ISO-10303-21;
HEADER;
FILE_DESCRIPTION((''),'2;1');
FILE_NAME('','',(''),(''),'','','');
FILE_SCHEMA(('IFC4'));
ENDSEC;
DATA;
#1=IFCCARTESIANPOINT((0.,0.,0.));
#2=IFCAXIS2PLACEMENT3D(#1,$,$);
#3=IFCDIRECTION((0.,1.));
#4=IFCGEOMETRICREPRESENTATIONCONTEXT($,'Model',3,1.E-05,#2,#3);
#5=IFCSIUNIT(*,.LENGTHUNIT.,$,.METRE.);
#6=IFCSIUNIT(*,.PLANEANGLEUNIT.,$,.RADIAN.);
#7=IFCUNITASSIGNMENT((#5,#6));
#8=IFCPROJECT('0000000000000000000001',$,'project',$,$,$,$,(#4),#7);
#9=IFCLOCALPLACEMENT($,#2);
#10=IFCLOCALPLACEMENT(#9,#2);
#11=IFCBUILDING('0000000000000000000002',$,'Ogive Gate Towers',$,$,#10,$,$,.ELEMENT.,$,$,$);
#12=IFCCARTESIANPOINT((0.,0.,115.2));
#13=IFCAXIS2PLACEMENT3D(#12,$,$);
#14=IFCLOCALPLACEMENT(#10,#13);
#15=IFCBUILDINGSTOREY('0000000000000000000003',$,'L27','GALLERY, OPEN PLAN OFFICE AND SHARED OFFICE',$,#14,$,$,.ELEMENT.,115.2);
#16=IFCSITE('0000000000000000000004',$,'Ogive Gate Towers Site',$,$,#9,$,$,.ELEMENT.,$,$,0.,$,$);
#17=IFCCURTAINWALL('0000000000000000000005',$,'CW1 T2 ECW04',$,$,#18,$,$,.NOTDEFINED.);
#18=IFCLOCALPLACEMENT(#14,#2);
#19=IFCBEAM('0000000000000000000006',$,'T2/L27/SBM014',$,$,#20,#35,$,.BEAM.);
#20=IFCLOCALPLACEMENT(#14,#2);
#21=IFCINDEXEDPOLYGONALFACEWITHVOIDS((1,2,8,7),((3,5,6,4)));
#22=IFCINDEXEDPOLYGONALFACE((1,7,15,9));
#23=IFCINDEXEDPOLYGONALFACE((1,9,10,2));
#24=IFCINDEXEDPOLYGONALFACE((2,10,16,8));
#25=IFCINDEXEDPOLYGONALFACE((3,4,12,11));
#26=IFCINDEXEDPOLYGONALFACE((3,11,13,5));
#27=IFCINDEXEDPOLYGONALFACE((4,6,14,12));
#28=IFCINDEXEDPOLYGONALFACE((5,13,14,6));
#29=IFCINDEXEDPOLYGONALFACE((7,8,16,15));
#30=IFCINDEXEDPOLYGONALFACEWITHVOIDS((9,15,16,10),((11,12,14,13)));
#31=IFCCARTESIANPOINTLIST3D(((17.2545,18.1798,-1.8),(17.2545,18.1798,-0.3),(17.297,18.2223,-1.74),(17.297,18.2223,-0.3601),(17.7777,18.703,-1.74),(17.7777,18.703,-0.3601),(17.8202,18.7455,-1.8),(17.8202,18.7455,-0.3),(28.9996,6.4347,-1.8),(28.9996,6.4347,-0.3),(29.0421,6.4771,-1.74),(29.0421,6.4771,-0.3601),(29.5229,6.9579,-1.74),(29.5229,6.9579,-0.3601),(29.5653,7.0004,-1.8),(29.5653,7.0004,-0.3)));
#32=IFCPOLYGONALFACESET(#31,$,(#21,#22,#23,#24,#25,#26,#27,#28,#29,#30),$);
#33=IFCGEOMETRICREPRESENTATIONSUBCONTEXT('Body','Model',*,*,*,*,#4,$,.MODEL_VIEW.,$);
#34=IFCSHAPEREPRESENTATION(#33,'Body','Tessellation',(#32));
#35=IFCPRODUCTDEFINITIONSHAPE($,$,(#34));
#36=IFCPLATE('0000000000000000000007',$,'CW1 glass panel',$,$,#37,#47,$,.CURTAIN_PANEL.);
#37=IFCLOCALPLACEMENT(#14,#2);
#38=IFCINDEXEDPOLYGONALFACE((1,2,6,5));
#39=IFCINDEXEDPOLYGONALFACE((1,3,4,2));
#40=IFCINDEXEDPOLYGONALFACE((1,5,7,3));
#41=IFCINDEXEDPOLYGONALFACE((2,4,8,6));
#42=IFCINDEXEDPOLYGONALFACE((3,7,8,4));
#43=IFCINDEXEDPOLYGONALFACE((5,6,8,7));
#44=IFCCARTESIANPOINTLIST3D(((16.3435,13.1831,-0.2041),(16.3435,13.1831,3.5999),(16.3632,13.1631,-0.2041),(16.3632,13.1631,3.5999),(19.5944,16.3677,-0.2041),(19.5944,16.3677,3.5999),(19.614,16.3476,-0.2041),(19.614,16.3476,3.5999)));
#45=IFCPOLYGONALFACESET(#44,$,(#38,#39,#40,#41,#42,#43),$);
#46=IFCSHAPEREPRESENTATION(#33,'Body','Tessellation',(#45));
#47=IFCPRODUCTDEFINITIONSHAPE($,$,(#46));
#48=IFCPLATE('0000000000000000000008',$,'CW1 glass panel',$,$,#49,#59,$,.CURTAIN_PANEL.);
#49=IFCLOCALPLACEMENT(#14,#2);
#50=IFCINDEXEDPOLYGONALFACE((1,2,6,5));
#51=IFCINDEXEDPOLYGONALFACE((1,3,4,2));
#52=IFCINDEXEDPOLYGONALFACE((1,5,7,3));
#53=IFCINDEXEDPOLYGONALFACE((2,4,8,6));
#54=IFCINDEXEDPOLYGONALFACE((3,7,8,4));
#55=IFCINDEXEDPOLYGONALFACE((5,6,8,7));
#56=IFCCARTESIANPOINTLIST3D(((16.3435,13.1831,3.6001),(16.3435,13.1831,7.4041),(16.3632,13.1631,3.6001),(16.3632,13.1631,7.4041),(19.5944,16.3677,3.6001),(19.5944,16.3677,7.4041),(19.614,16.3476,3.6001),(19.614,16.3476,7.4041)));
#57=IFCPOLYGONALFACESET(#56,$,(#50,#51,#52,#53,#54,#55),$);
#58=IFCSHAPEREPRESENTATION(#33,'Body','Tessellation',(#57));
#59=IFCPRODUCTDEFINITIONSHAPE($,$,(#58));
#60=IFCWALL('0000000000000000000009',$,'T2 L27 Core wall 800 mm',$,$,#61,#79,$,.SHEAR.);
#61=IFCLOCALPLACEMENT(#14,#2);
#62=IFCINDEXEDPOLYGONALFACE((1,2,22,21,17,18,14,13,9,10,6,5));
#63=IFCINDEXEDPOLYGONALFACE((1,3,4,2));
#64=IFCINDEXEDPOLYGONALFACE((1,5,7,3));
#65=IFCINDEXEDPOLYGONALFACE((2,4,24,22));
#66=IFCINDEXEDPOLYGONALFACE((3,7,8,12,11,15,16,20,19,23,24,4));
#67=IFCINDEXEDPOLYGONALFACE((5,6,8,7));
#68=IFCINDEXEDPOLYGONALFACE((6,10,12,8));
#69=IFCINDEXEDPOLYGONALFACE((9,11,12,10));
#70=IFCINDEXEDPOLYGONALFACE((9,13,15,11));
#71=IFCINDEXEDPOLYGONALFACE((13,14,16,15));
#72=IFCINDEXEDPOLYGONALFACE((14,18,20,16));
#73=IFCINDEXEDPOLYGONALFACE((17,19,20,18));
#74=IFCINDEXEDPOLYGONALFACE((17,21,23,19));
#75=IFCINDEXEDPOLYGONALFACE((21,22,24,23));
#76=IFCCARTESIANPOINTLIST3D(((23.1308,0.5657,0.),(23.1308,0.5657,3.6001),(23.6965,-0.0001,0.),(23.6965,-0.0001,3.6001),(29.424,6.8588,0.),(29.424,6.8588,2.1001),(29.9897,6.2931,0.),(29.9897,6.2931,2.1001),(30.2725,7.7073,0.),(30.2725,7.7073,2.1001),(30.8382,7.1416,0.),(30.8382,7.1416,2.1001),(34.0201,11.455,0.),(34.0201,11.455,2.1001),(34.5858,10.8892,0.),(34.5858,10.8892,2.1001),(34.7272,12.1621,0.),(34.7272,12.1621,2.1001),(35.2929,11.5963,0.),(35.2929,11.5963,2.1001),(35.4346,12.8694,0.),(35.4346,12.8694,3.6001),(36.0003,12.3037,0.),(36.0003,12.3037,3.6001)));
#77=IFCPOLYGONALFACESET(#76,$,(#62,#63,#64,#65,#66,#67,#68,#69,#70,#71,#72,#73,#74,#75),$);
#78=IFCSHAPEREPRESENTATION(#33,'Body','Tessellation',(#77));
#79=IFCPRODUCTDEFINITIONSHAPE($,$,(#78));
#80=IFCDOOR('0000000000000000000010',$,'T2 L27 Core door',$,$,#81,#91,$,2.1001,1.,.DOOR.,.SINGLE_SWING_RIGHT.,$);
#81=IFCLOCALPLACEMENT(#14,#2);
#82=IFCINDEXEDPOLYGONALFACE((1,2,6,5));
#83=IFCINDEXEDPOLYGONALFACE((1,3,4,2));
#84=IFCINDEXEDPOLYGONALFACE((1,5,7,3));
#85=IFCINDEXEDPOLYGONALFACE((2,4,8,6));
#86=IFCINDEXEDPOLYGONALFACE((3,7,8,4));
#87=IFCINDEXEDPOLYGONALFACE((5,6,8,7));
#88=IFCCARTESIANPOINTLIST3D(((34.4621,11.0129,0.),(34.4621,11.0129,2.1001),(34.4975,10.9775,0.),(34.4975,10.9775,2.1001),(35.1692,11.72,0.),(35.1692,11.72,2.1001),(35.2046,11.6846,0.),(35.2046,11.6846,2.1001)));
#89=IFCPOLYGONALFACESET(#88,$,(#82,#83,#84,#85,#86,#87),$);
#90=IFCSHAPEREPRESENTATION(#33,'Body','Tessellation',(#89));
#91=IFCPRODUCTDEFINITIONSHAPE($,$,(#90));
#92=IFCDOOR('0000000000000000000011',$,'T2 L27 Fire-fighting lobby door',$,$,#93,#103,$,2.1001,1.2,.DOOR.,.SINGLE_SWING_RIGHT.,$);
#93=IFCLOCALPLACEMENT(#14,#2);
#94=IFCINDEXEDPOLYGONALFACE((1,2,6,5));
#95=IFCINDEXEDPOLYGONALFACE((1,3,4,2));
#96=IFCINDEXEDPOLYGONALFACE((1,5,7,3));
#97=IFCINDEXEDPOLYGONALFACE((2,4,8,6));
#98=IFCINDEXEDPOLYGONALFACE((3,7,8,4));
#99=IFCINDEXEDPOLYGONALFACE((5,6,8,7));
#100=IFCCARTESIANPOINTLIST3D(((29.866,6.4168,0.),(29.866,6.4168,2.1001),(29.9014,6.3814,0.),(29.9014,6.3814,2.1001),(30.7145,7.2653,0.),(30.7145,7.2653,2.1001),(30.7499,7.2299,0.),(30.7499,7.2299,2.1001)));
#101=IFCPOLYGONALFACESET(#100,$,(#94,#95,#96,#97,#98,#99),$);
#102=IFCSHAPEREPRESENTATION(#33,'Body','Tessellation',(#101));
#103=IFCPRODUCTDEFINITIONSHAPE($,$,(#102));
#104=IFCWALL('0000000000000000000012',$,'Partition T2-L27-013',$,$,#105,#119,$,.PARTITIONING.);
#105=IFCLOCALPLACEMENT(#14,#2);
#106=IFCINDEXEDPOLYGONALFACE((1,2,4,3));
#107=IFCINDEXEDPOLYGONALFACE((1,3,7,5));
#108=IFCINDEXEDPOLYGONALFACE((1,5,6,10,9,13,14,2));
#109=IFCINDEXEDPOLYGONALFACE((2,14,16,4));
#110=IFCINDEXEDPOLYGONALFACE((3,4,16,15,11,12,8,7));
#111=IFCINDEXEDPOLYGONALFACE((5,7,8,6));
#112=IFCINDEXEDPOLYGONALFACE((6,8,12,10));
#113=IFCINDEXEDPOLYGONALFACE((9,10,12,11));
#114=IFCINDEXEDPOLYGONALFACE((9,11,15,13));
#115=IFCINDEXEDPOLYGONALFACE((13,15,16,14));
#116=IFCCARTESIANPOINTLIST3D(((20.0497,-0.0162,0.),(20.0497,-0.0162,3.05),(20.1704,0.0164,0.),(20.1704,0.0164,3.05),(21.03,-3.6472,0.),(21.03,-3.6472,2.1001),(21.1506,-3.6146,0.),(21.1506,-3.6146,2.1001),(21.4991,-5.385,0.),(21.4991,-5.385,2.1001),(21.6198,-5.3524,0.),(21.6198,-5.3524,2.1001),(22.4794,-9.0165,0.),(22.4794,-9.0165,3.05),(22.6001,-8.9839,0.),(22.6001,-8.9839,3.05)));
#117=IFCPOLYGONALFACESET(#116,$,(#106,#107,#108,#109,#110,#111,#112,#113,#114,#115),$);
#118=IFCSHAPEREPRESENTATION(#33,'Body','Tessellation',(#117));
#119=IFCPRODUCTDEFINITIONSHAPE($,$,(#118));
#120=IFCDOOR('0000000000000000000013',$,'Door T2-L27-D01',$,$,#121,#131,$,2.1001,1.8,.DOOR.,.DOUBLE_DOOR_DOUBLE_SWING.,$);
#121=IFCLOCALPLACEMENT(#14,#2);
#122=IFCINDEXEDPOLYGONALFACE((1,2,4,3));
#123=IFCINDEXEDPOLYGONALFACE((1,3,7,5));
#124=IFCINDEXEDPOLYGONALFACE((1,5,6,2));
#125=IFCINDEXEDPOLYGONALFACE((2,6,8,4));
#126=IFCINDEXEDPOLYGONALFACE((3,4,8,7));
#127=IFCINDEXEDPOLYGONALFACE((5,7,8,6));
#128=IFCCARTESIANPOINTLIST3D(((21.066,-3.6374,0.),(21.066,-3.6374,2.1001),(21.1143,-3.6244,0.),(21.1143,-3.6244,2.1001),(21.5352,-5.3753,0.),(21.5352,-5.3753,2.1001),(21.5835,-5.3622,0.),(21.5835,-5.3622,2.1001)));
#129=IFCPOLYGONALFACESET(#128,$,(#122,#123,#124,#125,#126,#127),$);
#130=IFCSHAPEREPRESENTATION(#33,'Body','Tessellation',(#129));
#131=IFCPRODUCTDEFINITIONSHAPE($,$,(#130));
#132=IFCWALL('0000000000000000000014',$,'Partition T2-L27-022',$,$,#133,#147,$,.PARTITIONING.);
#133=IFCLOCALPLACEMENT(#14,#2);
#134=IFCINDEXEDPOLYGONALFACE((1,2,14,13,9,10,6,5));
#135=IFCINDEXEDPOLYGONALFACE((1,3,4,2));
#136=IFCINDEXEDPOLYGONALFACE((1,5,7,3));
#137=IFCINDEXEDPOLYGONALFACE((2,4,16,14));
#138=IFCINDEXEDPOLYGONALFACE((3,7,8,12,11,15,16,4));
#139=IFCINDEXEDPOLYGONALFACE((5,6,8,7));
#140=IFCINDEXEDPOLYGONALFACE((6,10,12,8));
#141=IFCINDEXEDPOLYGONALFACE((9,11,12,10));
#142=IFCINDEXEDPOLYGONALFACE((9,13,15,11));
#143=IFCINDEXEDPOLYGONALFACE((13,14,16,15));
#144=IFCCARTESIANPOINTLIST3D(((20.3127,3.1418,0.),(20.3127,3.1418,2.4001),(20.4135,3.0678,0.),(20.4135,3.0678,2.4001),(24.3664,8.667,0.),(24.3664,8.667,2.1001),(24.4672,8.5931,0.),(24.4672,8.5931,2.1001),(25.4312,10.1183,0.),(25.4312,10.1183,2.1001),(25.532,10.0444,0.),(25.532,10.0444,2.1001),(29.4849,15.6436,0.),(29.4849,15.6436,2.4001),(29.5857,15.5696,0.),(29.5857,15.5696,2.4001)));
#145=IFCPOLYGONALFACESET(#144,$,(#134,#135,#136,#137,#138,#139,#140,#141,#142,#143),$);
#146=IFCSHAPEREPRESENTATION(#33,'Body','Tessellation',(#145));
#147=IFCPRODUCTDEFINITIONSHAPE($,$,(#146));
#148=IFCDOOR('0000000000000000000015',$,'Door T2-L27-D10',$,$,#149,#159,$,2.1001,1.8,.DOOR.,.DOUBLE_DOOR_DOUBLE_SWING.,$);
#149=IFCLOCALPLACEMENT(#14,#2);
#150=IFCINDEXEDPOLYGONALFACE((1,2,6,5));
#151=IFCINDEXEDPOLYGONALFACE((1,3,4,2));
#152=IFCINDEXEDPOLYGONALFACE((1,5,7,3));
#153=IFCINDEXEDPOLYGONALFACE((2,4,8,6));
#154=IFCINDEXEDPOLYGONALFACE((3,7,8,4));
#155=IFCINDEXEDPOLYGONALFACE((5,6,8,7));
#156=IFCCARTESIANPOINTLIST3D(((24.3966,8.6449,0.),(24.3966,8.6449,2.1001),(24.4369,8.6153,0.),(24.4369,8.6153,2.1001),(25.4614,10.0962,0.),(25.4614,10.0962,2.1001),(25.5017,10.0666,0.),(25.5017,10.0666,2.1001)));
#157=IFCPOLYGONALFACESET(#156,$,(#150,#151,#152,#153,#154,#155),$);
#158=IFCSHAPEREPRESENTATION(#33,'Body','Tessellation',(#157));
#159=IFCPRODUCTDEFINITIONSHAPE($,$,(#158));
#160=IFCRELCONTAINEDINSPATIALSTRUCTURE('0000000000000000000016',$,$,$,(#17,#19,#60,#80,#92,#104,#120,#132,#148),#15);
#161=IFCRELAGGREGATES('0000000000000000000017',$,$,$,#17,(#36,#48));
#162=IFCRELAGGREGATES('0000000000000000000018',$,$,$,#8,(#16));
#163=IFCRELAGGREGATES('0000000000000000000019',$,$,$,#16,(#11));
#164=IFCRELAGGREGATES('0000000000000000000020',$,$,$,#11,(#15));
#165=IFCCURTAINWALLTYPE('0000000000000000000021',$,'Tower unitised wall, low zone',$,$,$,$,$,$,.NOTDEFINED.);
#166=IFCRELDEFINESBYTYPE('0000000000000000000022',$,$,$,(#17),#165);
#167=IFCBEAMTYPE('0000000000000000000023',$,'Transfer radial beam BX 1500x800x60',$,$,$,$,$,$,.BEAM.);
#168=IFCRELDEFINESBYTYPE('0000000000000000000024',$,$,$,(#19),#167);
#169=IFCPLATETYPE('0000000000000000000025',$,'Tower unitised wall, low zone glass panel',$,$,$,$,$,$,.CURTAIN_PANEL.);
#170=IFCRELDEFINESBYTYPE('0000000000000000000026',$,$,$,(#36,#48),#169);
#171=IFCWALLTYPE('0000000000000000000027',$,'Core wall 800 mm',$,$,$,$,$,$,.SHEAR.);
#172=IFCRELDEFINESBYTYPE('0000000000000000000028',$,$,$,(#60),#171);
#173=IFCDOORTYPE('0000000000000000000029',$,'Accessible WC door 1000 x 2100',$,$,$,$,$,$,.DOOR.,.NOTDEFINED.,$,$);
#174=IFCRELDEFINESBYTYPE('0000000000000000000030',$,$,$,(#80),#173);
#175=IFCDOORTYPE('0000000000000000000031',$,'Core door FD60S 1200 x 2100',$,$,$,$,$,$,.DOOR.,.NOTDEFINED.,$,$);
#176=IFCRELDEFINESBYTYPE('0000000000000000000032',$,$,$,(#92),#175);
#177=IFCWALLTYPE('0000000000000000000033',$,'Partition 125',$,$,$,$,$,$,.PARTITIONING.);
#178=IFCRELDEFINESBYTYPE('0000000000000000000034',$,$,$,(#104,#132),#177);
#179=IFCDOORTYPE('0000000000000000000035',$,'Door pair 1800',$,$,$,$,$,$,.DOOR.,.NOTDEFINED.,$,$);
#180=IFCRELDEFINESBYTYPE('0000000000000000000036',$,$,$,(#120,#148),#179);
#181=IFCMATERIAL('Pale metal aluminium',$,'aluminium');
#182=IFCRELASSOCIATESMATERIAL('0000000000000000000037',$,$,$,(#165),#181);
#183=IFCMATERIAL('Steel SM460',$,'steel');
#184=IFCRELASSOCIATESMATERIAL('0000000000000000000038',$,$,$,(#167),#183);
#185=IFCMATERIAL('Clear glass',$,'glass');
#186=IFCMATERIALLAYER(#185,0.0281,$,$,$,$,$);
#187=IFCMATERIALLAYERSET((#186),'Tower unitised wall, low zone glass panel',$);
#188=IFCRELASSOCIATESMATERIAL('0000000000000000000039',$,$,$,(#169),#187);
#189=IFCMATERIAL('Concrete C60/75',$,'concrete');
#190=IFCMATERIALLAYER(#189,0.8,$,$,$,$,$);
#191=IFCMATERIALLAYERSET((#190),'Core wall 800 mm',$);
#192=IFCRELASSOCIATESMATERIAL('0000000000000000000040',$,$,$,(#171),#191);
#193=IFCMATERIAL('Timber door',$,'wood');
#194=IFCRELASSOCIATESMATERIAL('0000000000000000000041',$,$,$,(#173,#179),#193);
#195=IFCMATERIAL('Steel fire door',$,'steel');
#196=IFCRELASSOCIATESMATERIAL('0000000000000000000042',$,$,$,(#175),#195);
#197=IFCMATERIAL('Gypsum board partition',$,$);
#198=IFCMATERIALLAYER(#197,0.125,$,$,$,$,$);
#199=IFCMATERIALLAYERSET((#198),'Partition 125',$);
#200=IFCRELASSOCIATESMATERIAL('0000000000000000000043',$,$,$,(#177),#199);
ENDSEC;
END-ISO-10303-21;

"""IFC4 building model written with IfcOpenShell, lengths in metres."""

from ifc_helpers import new_model, si_unit, direction, frame, frame_2d, origin, origin_2d, place, context, subcontext, project, spatial, rectangle, hollow_rectangle, extrude, material, layer, layer_set, material_profile, profile_set, type_object, element, fill, aggregate, save


model = new_model("IFC4")

# Units and contexts
model_context = context("Model", 3, precision=1e-05, world=origin(), true_north=direction((0.0, 1.0)))
body_context = subcontext(model_context, "Body", "Model", "MODEL_VIEW")
ifc_project = project(units=[si_unit("LENGTHUNIT", "METRE"), si_unit("PLANEANGLEUNIT", "RADIAN")], contexts=[model_context])

# Site, building, storey
site_placement = place(None, origin())
site = spatial("IfcSite", under=ifc_project, at=site_placement, Name="Ogive Gate Towers Site", CompositionType="ELEMENT", RefElevation=0.0)
building_placement = place(site_placement, origin())
building = spatial("IfcBuilding", under=site, at=building_placement, Name="Ogive Gate Towers", CompositionType="ELEMENT")
storey_placement = place(building_placement, frame((0.0, 0.0, 115.2)))
storey = spatial("IfcBuildingStorey", under=building, at=storey_placement, Name="L27", Description="GALLERY, OPEN PLAN OFFICE AND SHARED OFFICE", CompositionType="ELEMENT", Elevation=115.2)

# Shared definitions
ifc_material_1 = material(Name="Steel SM460", Category="steel")

# Curtain wall
ifc_material_2 = material(Name="Pale metal aluminium", Category="aluminium")
curtain_wall_type = type_object("IfcCurtainWallType", Name="Tower unitised wall, low zone", PredefinedType="NOTDEFINED", material=ifc_material_2)
curtain_wall_placement = place(storey_placement, origin())
curtain_wall = element("IfcCurtainWall", 1, at=curtain_wall_placement, inside=storey, type_object=curtain_wall_type, Name="CW1 T2 ECW04", PredefinedType="NOTDEFINED")

# Beam
ifc_material_profile_1 = material_profile(ifc_material_1, hollow_rectangle(XDim=0.8, YDim=1.5, WallThickness=0.0601, at=origin_2d()), Name="BX 1500x800x60")
ifc_profile_set_1 = profile_set([ifc_material_profile_1], Name="Steel SM460")
beam_type_1 = type_object("IfcBeamType", Name="Transfer radial beam BX 1500x800x60", PredefinedType="BEAM", material=ifc_profile_set_1)
beam_1_placement = place(storey_placement, frame((29.2825, 6.7175, -1.05), z_axis=(-0.707107, 0.707107, 0.0), x_axis=(-0.707107, -0.707107, 0.0)))
element("IfcBeam", 2, at=beam_1_placement, inside=storey, type_object=beam_type_1, Name="T2/L27/SBM014", PredefinedType="BEAM", context=body_context, shape_type="SweptSolid", body=[
    extrude(hollow_rectangle(XDim=0.8, YDim=1.5, WallThickness=0.0601, at=origin_2d()), origin(), (0.0, 0.0, 1.0), 16.6101),
])

# Plates
ifc_material_3 = material(Name="Clear glass", Category="glass")
ifc_layer_1 = layer(ifc_material_3, 0.0281)
ifc_layer_set_1 = layer_set([ifc_layer_1], Name="Tower unitised wall, low zone glass panel")
plate_type = type_object("IfcPlateType", Name="Tower unitised wall, low zone glass panel", PredefinedType="CURTAIN_PANEL", material=ifc_layer_set_1)
plate_1_placement = place(storey_placement, frame((17.9788, 14.7654, -0.2041), z_axis=(0.0, 0.0, 1.0), x_axis=(-0.714351, -0.699788, 0.0)))
plate_1 = element("IfcPlate", 3, at=plate_1_placement, type_object=plate_type, Name="CW1 glass panel", PredefinedType="CURTAIN_PANEL", context=body_context, shape_type="SweptSolid", body=[
    extrude(rectangle(XDim=4.5508, YDim=0.0281, at=origin_2d()), origin(), (0.0, 0.0, 1.0), 3.804),
])
plate_2_placement = place(storey_placement, frame((17.9788, 14.7654, 3.6001), z_axis=(0.0, 0.0, 1.0), x_axis=(-0.714351, -0.699788, 0.0)))
plate_2 = element("IfcPlate", 4, at=plate_2_placement, type_object=plate_type, Name="CW1 glass panel", PredefinedType="CURTAIN_PANEL", context=body_context, shape_type="SweptSolid", body=[
    extrude(rectangle(XDim=4.5508, YDim=0.0281, at=origin_2d()), origin(), (0.0, 0.0, 1.0), 3.804),
])
aggregate(curtain_wall, [plate_1, plate_2])

# Wall, openings, doors
ifc_material_4 = material(Name="Concrete C60/75", Category="concrete")
ifc_layer_2 = layer(ifc_material_4, 0.8)
ifc_layer_set_2 = layer_set([ifc_layer_2], Name="Core wall 800 mm")
wall_type_1 = type_object("IfcWallType", Name="Core wall 800 mm", PredefinedType="SHEAR", material=ifc_layer_set_2)
wall_1_placement = place(storey_placement, frame((23.4136, 0.2827, 0.0), z_axis=(0.0, 0.0, 1.0), x_axis=(0.707107, 0.707107, 0.0)))
wall_1 = element("IfcWall", 5, at=wall_1_placement, inside=storey, type_object=wall_type_1, Name="T2 L27 Core wall 800 mm", PredefinedType="SHEAR", context=body_context, shape_type="SweptSolid", body=[
    extrude(rectangle(XDim=17.4001, YDim=0.8, at=frame_2d((8.7002, 0.0))), origin(), (0.0, 0.0, 1.0), 3.6001),
])
opening_1_placement = place(wall_1_placement, frame((8.8999, 0.0, 0.0)))
opening_1 = element("IfcOpeningElement", 6, at=opening_1_placement, cuts=wall_1, PredefinedType="OPENING", context=body_context, shape_type="SweptSolid", body=[
    extrude(rectangle(XDim=1.2, YDim=2.1001, at=frame_2d((0.6001, 1.05))), frame((0.0, 0.4102, 0.0), z_axis=(0.0, -1.0, 0.0), x_axis=(1.0, 0.0, 0.0)), (0.0, 0.0, 1.0), 0.8201),
])
opening_2_placement = place(wall_1_placement, frame((15.3999, 0.0, 0.0)))
opening_2 = element("IfcOpeningElement", 7, at=opening_2_placement, cuts=wall_1, PredefinedType="OPENING", context=body_context, shape_type="SweptSolid", body=[
    extrude(rectangle(XDim=1.0, YDim=2.1001, at=frame_2d((0.5, 1.05))), frame((0.0, 0.4102, 0.0), z_axis=(0.0, -1.0, 0.0), x_axis=(1.0, 0.0, 0.0)), (0.0, 0.0, 1.0), 0.8201),
])
ifc_material_5 = material(Name="Timber door", Category="wood")
door_type_1 = type_object("IfcDoorType", Name="Accessible WC door 1000 x 2100", OperationType="NOTDEFINED", PredefinedType="DOOR", material=ifc_material_5)
door_1_placement = place(opening_2_placement, origin())
door_1 = element("IfcDoor", 8, at=door_1_placement, inside=storey, type_object=door_type_1, Name="T2 L27 Core door", OperationType="SINGLE_SWING_RIGHT", OverallHeight=2.1001, OverallWidth=1.0, PredefinedType="DOOR", context=body_context, shape_type="SweptSolid", body=[
    extrude(rectangle(XDim=1.0, YDim=2.1001, at=frame_2d((0.5, 1.05))), frame((0.0, -0.2251, 0.0), z_axis=(0.0, -1.0, 0.0), x_axis=(1.0, 0.0, 0.0)), (0.0, 0.0, 1.0), 0.05),
])
fill(opening_2, door_1)
ifc_material_6 = material(Name="Steel fire door", Category="steel")
door_type_2 = type_object("IfcDoorType", Name="Core door FD60S 1200 x 2100", OperationType="NOTDEFINED", PredefinedType="DOOR", material=ifc_material_6)
door_2_placement = place(opening_1_placement, origin())
door_2 = element("IfcDoor", 9, at=door_2_placement, inside=storey, type_object=door_type_2, Name="T2 L27 Fire-fighting lobby door", OperationType="SINGLE_SWING_RIGHT", OverallHeight=2.1001, OverallWidth=1.2, PredefinedType="DOOR", context=body_context, shape_type="SweptSolid", body=[
    extrude(rectangle(XDim=1.2, YDim=2.1001, at=frame_2d((0.6001, 1.05))), frame((0.0, -0.2251, 0.0), z_axis=(0.0, -1.0, 0.0), x_axis=(1.0, 0.0, 0.0)), (0.0, 0.0, 1.0), 0.05),
])
fill(opening_1, door_2)

# Walls, openings, doors
ifc_material_7 = material(Name="Gypsum board partition")
ifc_layer_3 = layer(ifc_material_7, 0.125)
ifc_layer_set_3 = layer_set([ifc_layer_3], Name="Partition 125")
wall_type_2 = type_object("IfcWallType", Name="Partition 125", PredefinedType="PARTITIONING", material=ifc_layer_set_3)
wall_2_placement = place(storey_placement, frame((20.1101, 0.0, 0.0), z_axis=(0.0, 0.0, 1.0), x_axis=(0.260628, -0.965439, 0.0)))
wall_2 = element("IfcWall", 10, at=wall_2_placement, inside=storey, type_object=wall_type_2, Name="Partition T2-L27-013", PredefinedType="PARTITIONING", context=body_context, shape_type="SweptSolid", body=[
    extrude(rectangle(XDim=9.3225, YDim=0.125, at=frame_2d((4.6611, 0.0))), origin(), (0.0, 0.0, 1.0), 3.05),
])
opening_3_placement = place(wall_2_placement, frame((3.761, 0.0, 0.0)))
opening_3 = element("IfcOpeningElement", 11, at=opening_3_placement, cuts=wall_2, PredefinedType="OPENING", context=body_context, shape_type="SweptSolid", body=[
    extrude(rectangle(XDim=1.8, YDim=2.1001, at=frame_2d((0.8999, 1.05))), frame((0.0, 0.0725, 0.0), z_axis=(0.0, -1.0, 0.0), x_axis=(1.0, 0.0, 0.0)), (0.0, 0.0, 1.0), 0.145),
])
door_type_3 = type_object("IfcDoorType", Name="Door pair 1800", OperationType="NOTDEFINED", PredefinedType="DOOR", material=ifc_material_5)
door_3_placement = place(opening_3_placement, origin())
door_3 = element("IfcDoor", 12, at=door_3_placement, inside=storey, type_object=door_type_3, Name="Door T2-L27-D01", OperationType="DOUBLE_DOOR_DOUBLE_SWING", OverallHeight=2.1001, OverallWidth=1.8, PredefinedType="DOOR", context=body_context, shape_type="SweptSolid", body=[
    extrude(rectangle(XDim=1.8, YDim=2.1001, at=frame_2d((0.8999, 1.05))), frame((0.0, 0.0249, 0.0), z_axis=(0.0, -1.0, 0.0), x_axis=(1.0, 0.0, 0.0)), (0.0, 0.0, 1.0), 0.05),
])
fill(opening_3, door_3)
wall_3_placement = place(storey_placement, frame((29.5354, 15.6067, 0.0), z_axis=(0.0, 0.0, 1.0), x_axis=(-0.59154, -0.806276, 0.0)))
wall_3 = element("IfcWall", 13, at=wall_3_placement, inside=storey, type_object=wall_type_2, Name="Partition T2-L27-022", PredefinedType="PARTITIONING", context=body_context, shape_type="SweptSolid", body=[
    extrude(rectangle(XDim=15.5056, YDim=0.125, at=frame_2d((7.7529, 0.0))), origin(), (0.0, 0.0, 1.0), 2.4001),
])
opening_4_placement = place(wall_3_placement, frame((6.853, 0.0, 0.0)))
opening_4 = element("IfcOpeningElement", 14, at=opening_4_placement, cuts=wall_3, PredefinedType="OPENING", context=body_context, shape_type="SweptSolid", body=[
    extrude(rectangle(XDim=1.8, YDim=2.1001, at=frame_2d((0.8999, 1.05))), frame((0.0, 0.0725, 0.0), z_axis=(0.0, -1.0, 0.0), x_axis=(1.0, 0.0, 0.0)), (0.0, 0.0, 1.0), 0.145),
])
door_4_placement = place(opening_4_placement, origin())
door_4 = element("IfcDoor", 15, at=door_4_placement, inside=storey, type_object=door_type_3, Name="Door T2-L27-D10", OperationType="DOUBLE_DOOR_DOUBLE_SWING", OverallHeight=2.1001, OverallWidth=1.8, PredefinedType="DOOR", context=body_context, shape_type="SweptSolid", body=[
    extrude(rectangle(XDim=1.8, YDim=2.1001, at=frame_2d((0.8999, 1.05))), frame((0.0, 0.0249, 0.0), z_axis=(0.0, -1.0, 0.0), x_axis=(1.0, 0.0, 0.0)), (0.0, 0.0, 1.0), 0.05),
])
fill(opening_4, door_4)

save(model, "model.ifc")
